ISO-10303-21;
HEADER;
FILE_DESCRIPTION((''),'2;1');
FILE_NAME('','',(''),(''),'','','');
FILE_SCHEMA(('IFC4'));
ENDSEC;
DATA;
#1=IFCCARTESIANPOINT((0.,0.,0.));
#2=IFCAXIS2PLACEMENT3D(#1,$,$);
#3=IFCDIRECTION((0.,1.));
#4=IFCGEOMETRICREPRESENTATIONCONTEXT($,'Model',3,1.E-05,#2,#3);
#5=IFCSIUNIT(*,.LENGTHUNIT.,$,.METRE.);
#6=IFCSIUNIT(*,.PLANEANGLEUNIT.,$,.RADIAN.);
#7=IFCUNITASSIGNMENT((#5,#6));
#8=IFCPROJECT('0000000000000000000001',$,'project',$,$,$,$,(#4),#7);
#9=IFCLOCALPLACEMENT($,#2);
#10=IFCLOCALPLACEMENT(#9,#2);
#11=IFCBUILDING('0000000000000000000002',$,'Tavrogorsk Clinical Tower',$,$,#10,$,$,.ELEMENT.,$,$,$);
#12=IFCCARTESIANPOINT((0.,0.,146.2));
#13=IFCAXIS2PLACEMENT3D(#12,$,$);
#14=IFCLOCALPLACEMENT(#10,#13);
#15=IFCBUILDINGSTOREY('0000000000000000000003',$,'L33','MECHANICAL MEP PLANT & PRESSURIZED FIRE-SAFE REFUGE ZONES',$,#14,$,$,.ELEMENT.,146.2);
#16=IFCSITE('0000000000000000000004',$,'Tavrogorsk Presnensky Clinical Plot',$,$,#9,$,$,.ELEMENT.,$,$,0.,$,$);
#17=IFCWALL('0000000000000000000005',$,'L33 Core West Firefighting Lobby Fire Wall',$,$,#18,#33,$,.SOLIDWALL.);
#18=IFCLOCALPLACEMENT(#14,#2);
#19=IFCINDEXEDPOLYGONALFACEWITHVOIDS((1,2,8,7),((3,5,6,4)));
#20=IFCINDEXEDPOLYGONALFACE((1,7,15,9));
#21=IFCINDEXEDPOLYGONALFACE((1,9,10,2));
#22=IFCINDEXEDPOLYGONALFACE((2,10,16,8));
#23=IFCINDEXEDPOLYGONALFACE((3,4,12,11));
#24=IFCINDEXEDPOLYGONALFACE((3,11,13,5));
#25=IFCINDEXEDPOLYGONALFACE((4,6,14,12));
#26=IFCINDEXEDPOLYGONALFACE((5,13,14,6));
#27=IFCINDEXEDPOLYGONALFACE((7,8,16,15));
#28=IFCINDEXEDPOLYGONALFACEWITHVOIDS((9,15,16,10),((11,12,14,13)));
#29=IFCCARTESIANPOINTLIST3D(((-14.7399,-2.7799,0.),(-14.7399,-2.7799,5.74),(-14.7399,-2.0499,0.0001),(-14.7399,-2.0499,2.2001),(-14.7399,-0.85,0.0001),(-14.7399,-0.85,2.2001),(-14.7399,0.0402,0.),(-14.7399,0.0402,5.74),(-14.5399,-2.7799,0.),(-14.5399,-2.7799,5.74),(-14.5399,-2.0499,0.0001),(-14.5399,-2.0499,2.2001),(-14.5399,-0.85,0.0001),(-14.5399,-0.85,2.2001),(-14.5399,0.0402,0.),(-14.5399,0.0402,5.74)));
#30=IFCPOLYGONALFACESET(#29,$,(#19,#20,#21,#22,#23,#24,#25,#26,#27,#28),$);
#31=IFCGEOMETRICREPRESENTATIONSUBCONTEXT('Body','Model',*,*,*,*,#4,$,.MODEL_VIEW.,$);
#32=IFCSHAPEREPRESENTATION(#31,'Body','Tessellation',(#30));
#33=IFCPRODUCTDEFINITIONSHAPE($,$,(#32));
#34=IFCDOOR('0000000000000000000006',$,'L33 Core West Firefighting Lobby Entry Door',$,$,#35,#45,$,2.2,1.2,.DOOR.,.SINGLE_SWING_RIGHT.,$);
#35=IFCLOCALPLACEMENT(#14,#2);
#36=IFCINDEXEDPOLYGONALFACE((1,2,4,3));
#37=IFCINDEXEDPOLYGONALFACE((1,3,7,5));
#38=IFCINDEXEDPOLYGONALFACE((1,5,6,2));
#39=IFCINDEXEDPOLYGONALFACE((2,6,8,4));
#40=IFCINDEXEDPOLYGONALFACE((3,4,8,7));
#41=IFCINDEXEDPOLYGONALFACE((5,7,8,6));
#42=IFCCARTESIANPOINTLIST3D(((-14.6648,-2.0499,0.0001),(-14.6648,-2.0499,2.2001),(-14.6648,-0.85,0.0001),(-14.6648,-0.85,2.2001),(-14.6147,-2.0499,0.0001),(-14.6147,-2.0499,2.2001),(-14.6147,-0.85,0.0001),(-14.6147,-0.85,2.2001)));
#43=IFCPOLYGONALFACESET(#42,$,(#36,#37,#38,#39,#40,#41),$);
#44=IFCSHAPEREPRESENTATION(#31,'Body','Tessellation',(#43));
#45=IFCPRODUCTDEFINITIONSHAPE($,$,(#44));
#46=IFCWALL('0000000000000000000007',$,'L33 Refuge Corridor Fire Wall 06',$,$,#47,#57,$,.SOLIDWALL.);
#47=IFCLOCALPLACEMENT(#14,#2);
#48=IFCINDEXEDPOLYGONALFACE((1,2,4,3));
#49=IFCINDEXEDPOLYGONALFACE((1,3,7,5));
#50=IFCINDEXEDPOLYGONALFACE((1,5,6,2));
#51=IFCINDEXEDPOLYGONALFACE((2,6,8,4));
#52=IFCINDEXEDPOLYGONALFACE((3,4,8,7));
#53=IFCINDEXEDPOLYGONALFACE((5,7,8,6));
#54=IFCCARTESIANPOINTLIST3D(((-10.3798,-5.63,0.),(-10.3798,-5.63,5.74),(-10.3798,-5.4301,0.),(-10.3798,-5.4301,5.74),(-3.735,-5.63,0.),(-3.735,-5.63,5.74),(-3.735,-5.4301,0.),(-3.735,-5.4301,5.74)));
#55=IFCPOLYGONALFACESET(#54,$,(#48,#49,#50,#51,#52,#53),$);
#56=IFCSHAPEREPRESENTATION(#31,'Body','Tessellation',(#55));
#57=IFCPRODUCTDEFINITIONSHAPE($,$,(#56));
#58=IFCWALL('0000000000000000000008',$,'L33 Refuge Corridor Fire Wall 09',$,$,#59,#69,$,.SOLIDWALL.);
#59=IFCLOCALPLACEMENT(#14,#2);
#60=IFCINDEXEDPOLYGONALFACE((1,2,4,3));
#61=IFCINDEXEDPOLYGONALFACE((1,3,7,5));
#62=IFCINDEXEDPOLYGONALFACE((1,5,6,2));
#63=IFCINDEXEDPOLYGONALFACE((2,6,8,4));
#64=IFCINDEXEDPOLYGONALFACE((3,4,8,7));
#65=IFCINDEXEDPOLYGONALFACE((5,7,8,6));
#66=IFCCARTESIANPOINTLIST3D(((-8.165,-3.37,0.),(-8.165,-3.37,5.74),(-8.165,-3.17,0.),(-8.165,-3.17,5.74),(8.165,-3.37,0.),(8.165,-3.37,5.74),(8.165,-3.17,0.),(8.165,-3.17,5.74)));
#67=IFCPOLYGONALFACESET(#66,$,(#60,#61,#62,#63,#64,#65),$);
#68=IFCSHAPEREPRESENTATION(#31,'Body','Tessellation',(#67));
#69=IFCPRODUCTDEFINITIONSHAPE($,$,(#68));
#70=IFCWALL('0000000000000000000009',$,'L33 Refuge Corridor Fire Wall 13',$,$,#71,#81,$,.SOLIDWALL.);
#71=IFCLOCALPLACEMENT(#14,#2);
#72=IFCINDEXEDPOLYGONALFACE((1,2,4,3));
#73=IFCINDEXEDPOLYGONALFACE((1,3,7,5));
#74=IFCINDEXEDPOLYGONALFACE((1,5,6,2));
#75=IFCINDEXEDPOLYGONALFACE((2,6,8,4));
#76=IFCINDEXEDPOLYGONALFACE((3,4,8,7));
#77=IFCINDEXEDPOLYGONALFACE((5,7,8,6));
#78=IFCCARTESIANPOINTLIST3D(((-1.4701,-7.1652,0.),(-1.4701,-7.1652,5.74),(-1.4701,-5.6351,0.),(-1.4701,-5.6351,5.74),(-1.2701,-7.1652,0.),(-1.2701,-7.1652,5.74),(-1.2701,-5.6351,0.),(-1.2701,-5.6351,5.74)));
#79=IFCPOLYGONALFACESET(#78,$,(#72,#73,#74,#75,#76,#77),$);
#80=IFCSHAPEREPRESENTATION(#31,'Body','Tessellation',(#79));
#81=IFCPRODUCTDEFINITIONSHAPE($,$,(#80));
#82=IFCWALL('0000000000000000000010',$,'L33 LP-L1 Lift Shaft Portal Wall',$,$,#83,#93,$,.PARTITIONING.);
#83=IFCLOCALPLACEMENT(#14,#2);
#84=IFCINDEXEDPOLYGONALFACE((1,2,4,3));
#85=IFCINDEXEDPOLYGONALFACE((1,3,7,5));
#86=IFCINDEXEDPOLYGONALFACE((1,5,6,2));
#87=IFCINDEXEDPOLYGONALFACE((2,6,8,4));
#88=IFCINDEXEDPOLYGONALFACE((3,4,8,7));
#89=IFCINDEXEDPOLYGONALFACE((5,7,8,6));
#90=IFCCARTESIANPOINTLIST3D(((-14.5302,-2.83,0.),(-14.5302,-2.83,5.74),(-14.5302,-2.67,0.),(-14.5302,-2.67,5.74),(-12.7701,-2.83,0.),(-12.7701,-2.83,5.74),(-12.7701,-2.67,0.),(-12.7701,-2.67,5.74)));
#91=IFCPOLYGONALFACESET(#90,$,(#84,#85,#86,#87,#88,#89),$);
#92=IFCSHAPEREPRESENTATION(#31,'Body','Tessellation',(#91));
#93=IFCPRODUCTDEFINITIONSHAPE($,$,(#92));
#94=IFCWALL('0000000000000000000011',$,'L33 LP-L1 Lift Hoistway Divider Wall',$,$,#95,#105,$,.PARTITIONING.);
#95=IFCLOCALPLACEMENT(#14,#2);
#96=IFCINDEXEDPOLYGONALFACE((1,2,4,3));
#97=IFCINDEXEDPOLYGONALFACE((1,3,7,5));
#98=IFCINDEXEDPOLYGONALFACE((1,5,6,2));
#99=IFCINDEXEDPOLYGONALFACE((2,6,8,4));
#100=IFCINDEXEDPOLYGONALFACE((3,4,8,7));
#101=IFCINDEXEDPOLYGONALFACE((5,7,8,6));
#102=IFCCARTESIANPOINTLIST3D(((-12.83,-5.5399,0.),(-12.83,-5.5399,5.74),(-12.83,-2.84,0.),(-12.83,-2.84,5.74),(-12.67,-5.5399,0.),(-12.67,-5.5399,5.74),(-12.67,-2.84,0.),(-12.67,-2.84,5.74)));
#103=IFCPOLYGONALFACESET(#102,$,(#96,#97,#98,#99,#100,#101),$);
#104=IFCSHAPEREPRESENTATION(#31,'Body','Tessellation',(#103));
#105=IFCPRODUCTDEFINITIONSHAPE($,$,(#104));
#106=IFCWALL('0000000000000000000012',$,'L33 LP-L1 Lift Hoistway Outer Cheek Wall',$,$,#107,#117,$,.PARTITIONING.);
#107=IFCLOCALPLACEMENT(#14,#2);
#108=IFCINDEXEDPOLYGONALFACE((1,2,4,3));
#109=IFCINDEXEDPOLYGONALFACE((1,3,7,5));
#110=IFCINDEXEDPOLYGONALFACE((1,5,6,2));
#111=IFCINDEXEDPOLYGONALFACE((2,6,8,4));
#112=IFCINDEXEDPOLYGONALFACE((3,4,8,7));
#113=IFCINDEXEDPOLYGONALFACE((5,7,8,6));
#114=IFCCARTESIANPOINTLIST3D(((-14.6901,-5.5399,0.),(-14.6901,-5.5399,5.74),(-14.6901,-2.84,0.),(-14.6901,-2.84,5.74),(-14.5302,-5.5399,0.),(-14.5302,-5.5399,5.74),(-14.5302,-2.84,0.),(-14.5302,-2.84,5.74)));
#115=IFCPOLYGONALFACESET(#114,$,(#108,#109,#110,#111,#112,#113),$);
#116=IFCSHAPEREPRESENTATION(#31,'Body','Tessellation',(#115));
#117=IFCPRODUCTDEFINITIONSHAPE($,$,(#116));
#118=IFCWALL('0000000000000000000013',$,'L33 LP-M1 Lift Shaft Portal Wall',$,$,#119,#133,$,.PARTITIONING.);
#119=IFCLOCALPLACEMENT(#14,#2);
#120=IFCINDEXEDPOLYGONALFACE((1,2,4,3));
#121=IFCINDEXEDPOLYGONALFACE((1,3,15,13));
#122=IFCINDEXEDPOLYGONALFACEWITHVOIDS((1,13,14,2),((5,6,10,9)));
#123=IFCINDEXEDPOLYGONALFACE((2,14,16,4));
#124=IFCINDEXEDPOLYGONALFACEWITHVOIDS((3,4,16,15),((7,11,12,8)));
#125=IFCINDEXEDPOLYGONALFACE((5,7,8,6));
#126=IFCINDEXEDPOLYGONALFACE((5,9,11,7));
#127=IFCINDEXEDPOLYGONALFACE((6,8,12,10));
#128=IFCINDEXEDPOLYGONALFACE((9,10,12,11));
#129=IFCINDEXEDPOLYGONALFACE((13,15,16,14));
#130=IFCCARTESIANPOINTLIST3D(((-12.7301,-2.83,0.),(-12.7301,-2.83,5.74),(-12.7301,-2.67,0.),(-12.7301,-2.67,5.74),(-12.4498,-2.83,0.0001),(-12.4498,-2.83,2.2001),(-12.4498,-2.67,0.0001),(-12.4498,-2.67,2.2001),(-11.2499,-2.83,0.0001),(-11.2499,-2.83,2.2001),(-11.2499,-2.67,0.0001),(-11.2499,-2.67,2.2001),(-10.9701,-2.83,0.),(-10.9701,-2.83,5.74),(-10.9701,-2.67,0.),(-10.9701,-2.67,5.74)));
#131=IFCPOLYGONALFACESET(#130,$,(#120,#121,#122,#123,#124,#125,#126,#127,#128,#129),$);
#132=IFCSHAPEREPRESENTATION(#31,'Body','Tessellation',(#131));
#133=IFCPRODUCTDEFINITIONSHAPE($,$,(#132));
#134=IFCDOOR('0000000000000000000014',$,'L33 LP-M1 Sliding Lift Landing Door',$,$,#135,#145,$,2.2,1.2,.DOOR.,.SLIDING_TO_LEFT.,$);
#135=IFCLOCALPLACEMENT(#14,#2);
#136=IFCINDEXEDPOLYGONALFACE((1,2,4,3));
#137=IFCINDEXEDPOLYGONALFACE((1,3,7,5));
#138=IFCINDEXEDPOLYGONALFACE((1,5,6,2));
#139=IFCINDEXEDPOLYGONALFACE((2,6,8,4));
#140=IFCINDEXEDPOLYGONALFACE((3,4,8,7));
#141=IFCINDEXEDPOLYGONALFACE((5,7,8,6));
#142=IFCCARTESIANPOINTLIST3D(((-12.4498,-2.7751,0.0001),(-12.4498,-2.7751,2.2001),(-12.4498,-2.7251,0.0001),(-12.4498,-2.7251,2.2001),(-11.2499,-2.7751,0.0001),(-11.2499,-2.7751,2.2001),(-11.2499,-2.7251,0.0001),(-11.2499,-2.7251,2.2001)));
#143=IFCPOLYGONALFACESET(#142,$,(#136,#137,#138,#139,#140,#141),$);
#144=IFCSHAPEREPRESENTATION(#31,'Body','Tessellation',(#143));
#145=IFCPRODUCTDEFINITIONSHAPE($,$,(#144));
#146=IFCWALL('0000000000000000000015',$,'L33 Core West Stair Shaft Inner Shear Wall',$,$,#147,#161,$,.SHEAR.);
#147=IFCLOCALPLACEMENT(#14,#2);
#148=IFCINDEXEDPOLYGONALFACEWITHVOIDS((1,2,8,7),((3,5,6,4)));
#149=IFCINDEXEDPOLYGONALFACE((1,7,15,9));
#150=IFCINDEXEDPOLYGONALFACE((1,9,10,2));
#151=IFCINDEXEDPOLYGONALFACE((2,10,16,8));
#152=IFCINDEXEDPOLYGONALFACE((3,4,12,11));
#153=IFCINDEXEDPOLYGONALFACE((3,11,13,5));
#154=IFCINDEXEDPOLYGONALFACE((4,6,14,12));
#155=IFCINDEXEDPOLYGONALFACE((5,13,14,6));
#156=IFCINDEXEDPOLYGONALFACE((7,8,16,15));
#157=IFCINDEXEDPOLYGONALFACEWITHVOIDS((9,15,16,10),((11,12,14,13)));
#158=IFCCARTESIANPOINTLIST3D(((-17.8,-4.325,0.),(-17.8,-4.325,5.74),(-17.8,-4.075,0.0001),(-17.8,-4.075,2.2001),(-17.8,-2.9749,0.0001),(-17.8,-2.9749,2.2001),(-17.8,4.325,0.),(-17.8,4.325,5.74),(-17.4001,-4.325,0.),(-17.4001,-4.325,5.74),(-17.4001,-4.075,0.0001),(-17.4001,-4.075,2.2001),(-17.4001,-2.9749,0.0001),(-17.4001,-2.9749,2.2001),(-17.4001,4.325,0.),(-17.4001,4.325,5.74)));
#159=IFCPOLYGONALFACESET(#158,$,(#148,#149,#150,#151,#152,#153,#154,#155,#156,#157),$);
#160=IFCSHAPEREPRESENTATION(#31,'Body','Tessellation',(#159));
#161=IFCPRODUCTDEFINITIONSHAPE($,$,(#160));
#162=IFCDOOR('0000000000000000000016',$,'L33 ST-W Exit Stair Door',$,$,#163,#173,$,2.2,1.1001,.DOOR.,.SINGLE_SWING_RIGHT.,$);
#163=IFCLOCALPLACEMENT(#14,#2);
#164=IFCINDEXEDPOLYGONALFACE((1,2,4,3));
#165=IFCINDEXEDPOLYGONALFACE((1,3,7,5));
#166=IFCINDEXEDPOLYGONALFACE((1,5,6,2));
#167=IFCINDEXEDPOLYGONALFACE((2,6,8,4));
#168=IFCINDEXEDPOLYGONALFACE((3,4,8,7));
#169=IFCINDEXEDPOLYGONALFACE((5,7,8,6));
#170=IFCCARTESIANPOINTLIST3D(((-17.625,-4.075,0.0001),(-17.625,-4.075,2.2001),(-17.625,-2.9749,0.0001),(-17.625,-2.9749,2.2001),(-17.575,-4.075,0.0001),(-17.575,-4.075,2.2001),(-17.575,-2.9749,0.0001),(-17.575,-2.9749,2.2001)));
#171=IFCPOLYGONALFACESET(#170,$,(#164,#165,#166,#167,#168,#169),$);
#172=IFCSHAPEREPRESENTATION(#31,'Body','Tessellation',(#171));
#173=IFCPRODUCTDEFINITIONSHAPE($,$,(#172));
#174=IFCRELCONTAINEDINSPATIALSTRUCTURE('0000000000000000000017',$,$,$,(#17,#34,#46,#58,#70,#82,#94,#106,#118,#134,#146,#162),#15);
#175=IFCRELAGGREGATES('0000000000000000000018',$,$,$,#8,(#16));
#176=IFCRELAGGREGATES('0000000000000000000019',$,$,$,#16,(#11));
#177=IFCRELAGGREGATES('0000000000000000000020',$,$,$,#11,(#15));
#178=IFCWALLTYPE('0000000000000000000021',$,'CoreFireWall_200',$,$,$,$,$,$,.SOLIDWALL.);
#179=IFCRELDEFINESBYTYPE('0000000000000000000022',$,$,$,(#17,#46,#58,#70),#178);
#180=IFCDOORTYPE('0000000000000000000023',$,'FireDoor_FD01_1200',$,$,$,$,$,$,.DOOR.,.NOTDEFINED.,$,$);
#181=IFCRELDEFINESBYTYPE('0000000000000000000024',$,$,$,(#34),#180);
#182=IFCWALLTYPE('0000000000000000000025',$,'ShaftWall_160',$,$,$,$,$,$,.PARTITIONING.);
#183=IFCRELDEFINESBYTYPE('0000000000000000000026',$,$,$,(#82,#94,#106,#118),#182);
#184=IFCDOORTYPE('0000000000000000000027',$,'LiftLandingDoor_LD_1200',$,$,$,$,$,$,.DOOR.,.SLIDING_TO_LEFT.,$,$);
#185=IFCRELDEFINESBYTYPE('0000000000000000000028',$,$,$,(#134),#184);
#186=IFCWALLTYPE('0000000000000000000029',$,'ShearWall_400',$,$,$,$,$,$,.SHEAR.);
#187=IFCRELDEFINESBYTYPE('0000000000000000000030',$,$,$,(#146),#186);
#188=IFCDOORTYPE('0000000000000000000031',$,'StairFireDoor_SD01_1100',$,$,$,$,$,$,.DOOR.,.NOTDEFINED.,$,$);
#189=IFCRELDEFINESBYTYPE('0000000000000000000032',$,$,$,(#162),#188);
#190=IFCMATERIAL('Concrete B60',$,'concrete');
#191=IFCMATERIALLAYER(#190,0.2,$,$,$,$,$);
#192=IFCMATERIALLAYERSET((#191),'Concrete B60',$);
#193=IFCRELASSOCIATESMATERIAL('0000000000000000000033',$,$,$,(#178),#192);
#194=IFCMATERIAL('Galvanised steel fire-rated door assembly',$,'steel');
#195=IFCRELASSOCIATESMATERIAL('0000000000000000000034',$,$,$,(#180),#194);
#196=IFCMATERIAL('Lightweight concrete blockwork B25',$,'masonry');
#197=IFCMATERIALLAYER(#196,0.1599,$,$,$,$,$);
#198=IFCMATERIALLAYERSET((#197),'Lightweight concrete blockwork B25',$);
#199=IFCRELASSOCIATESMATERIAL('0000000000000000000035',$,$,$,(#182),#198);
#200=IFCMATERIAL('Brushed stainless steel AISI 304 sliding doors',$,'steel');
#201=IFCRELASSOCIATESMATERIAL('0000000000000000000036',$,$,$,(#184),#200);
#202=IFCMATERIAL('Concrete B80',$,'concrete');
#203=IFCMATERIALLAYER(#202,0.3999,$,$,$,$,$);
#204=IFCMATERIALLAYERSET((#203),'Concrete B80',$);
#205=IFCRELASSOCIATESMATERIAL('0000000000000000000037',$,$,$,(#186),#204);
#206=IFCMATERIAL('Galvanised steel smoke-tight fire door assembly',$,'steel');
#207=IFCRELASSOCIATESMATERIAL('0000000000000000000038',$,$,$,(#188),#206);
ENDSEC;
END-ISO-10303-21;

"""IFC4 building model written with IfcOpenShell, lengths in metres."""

from ifc_helpers import new_model, si_unit, direction, frame, frame_2d, origin, place, context, subcontext, project, spatial, rectangle, extrude, material, layer, layer_set, type_object, element, fill, save


model = new_model("IFC4")

# Units and contexts
model_context = context("Model", 3, precision=1e-05, world=origin(), true_north=direction((0.0, 1.0)))
body_context = subcontext(model_context, "Body", "Model", "MODEL_VIEW")
ifc_project = project(units=[si_unit("LENGTHUNIT", "METRE"), si_unit("PLANEANGLEUNIT", "RADIAN")], contexts=[model_context])

# Site, building, storey
site_placement = place(None, origin())
site = spatial("IfcSite", under=ifc_project, at=site_placement, Name="Tavrogorsk Presnensky Clinical Plot", CompositionType="ELEMENT", RefElevation=0.0)
building_placement = place(site_placement, origin())
building = spatial("IfcBuilding", under=site, at=building_placement, Name="Tavrogorsk Clinical Tower", CompositionType="ELEMENT")
storey_placement = place(building_placement, frame((0.0, 0.0, 146.2)))
storey = spatial("IfcBuildingStorey", under=building, at=storey_placement, Name="L33", Description="MECHANICAL MEP PLANT & PRESSURIZED FIRE-SAFE REFUGE ZONES", CompositionType="ELEMENT", Elevation=146.2)

# Wall, opening, door
ifc_material_1 = material(Name="Concrete B60", Category="concrete")
ifc_layer_1 = layer(ifc_material_1, 0.2)
ifc_layer_set_1 = layer_set([ifc_layer_1], Name="Concrete B60")
wall_type_1 = type_object("IfcWallType", Name="CoreFireWall_200", PredefinedType="SOLIDWALL", material=ifc_layer_set_1)
wall_1_placement = place(storey_placement, frame((-14.6399, -2.78, 0.0), z_axis=(0.0, 0.0, 1.0), x_axis=(0.0, 1.0, 0.0)))
wall_1 = element("IfcWall", 1, at=wall_1_placement, inside=storey, type_object=wall_type_1, Name="L33 Core West Firefighting Lobby Fire Wall", PredefinedType="SOLIDWALL", context=body_context, shape_type="SweptSolid", body=[
    extrude(rectangle(XDim=2.8201, YDim=0.2, at=frame_2d((1.4102, 0.0))), origin(), (0.0, 0.0, 1.0), 5.74),
])
opening_1_placement = place(wall_1_placement, frame((0.73, 0.0, 0.0)))
opening_1 = element("IfcOpeningElement", 2, at=opening_1_placement, cuts=wall_1, PredefinedType="OPENING", context=body_context, shape_type="SweptSolid", body=[
    extrude(rectangle(XDim=1.2, YDim=2.2, at=frame_2d((0.6001, 1.1001))), frame((0.0, 0.1099, 0.0), z_axis=(0.0, -1.0, 0.0), x_axis=(1.0, 0.0, 0.0)), (0.0, 0.0, 1.0), 0.22),
])
ifc_material_2 = material(Name="Galvanised steel fire-rated door assembly", Category="steel")
door_type_1 = type_object("IfcDoorType", Name="FireDoor_FD01_1200", OperationType="NOTDEFINED", PredefinedType="DOOR", material=ifc_material_2)
door_1_placement = place(opening_1_placement, origin())
door_1 = element("IfcDoor", 3, at=door_1_placement, inside=storey, type_object=door_type_1, Name="L33 Core West Firefighting Lobby Entry Door", OperationType="SINGLE_SWING_RIGHT", OverallHeight=2.2, OverallWidth=1.2, PredefinedType="DOOR", context=body_context, shape_type="SweptSolid", body=[
    extrude(rectangle(XDim=1.2, YDim=2.2, at=frame_2d((0.6001, 1.1001))), frame((0.0, 0.0249, 0.0), z_axis=(0.0, -1.0, 0.0), x_axis=(1.0, 0.0, 0.0)), (0.0, 0.0, 1.0), 0.05),
])
fill(opening_1, door_1)

# Walls
wall_2_placement = place(storey_placement, frame((-3.7351, -5.53, 0.0), z_axis=(0.0, 0.0, 1.0), x_axis=(-1.0, 0.0, 0.0)))
element("IfcWall", 4, at=wall_2_placement, inside=storey, type_object=wall_type_1, Name="L33 Refuge Corridor Fire Wall 06", PredefinedType="SOLIDWALL", context=body_context, shape_type="SweptSolid", body=[
    extrude(rectangle(XDim=6.6448, YDim=0.2, at=frame_2d((3.3223, 0.0))), origin(), (0.0, 0.0, 1.0), 5.74),
])
wall_3_placement = place(storey_placement, frame((-8.165, -3.27, 0.0), z_axis=(0.0, 0.0, 1.0), x_axis=(1.0, 0.0, 0.0)))
element("IfcWall", 5, at=wall_3_placement, inside=storey, type_object=wall_type_1, Name="L33 Refuge Corridor Fire Wall 09", PredefinedType="SOLIDWALL", context=body_context, shape_type="SweptSolid", body=[
    extrude(rectangle(XDim=16.3301, YDim=0.2, at=frame_2d((8.165, 0.0))), origin(), (0.0, 0.0, 1.0), 5.74),
])
wall_4_placement = place(storey_placement, frame((-1.3701, -5.635, 0.0), z_axis=(0.0, 0.0, 1.0), x_axis=(0.0, -1.0, 0.0)))
element("IfcWall", 6, at=wall_4_placement, inside=storey, type_object=wall_type_1, Name="L33 Refuge Corridor Fire Wall 13", PredefinedType="SOLIDWALL", context=body_context, shape_type="SweptSolid", body=[
    extrude(rectangle(XDim=1.53, YDim=0.2, at=frame_2d((0.7651, 0.0))), origin(), (0.0, 0.0, 1.0), 5.74),
])
ifc_material_3 = material(Name="Lightweight concrete blockwork B25", Category="masonry")
ifc_layer_2 = layer(ifc_material_3, 0.1599)
ifc_layer_set_2 = layer_set([ifc_layer_2], Name="Lightweight concrete blockwork B25")
wall_type_2 = type_object("IfcWallType", Name="ShaftWall_160", PredefinedType="PARTITIONING", material=ifc_layer_set_2)
wall_5_placement = place(storey_placement, frame((-14.53, -2.75, 0.0), z_axis=(0.0, 0.0, 1.0), x_axis=(1.0, 0.0, 0.0)))
element("IfcWall", 7, at=wall_5_placement, inside=storey, type_object=wall_type_2, Name="L33 LP-L1 Lift Shaft Portal Wall", PredefinedType="PARTITIONING", context=body_context, shape_type="SweptSolid", body=[
    extrude(rectangle(XDim=1.76, YDim=0.1599, at=frame_2d((0.8799, 0.0))), origin(), (0.0, 0.0, 1.0), 5.74),
])
for number, where, z_axis, x_axis, name in (
    (8, (-12.75, -5.54, 0.0), (0.0, 0.0, 1.0), (0.0, 1.0, 0.0), "L33 LP-L1 Lift Hoistway Divider Wall"),
    (9, (-14.6101, -5.54, 0.0), (0.0, 0.0, 1.0), (0.0, 1.0, 0.0), "L33 LP-L1 Lift Hoistway Outer Cheek Wall"),
):
    element("IfcWall", number, at=place(storey_placement, frame(where, z_axis=z_axis, x_axis=x_axis)), inside=storey, type_object=wall_type_2, Name=name, PredefinedType="PARTITIONING", context=body_context, shape_type="SweptSolid", body=[
        extrude(rectangle(XDim=2.7, YDim=0.1599, at=frame_2d((1.3501, 0.0))), origin(), (0.0, 0.0, 1.0), 5.74),
    ])

# Walls, openings, doors
wall_6_placement = place(storey_placement, frame((-12.73, -2.75, 0.0), z_axis=(0.0, 0.0, 1.0), x_axis=(1.0, 0.0, 0.0)))
wall_6 = element("IfcWall", 10, at=wall_6_placement, inside=storey, type_object=wall_type_2, Name="L33 LP-M1 Lift Shaft Portal Wall", PredefinedType="PARTITIONING", context=body_context, shape_type="SweptSolid", body=[
    extrude(rectangle(XDim=1.76, YDim=0.1599, at=frame_2d((0.8799, 0.0))), origin(), (0.0, 0.0, 1.0), 5.74),
])
opening_2_placement = place(wall_6_placement, frame((0.28, 0.0, 0.0)))
opening_2 = element("IfcOpeningElement", 11, at=opening_2_placement, cuts=wall_6, PredefinedType="OPENING", context=body_context, shape_type="SweptSolid", body=[
    extrude(rectangle(XDim=1.2, YDim=2.2, at=frame_2d((0.6001, 1.1001))), frame((0.0, 0.0898, 0.0), z_axis=(0.0, -1.0, 0.0), x_axis=(1.0, 0.0, 0.0)), (0.0, 0.0, 1.0), 0.1799),
])
ifc_material_4 = material(Name="Brushed stainless steel AISI 304 sliding doors", Category="steel")
door_type_2 = type_object("IfcDoorType", Name="LiftLandingDoor_LD_1200", OperationType="SLIDING_TO_LEFT", PredefinedType="DOOR", material=ifc_material_4)
door_2_placement = place(opening_2_placement, origin())
door_2 = element("IfcDoor", 12, at=door_2_placement, inside=storey, type_object=door_type_2, Name="L33 LP-M1 Sliding Lift Landing Door", OperationType="SLIDING_TO_LEFT", OverallHeight=2.2, OverallWidth=1.2, PredefinedType="DOOR", context=body_context, shape_type="SweptSolid", body=[
    extrude(rectangle(XDim=1.2, YDim=2.2, at=frame_2d((0.6001, 1.1001))), frame((0.0, 0.0249, 0.0), z_axis=(0.0, -1.0, 0.0), x_axis=(1.0, 0.0, 0.0)), (0.0, 0.0, 1.0), 0.05),
])
fill(opening_2, door_2)
ifc_material_5 = material(Name="Concrete B80", Category="concrete")
ifc_layer_3 = layer(ifc_material_5, 0.3999)
ifc_layer_set_3 = layer_set([ifc_layer_3], Name="Concrete B80")
wall_type_3 = type_object("IfcWallType", Name="ShearWall_400", PredefinedType="SHEAR", material=ifc_layer_set_3)
wall_7_placement = place(storey_placement, frame((-17.6001, -4.325, 0.0), z_axis=(0.0, 0.0, 1.0), x_axis=(0.0, 1.0, 0.0)))
wall_7 = element("IfcWall", 13, at=wall_7_placement, inside=storey, type_object=wall_type_3, Name="L33 Core West Stair Shaft Inner Shear Wall", PredefinedType="SHEAR", context=body_context, shape_type="SweptSolid", body=[
    extrude(rectangle(XDim=8.6499, YDim=0.3999, at=frame_2d((4.325, 0.0))), origin(), (0.0, 0.0, 1.0), 5.74),
])
opening_3_placement = place(wall_7_placement, frame((0.25, 0.0, 0.0)))
opening_3 = element("IfcOpeningElement", 14, at=opening_3_placement, cuts=wall_7, PredefinedType="OPENING", context=body_context, shape_type="SweptSolid", body=[
    extrude(rectangle(XDim=1.1001, YDim=2.2, at=frame_2d((0.55, 1.1001))), frame((0.0, 0.21, 0.0), z_axis=(0.0, -1.0, 0.0), x_axis=(1.0, 0.0, 0.0)), (0.0, 0.0, 1.0), 0.4199),
])
ifc_material_6 = material(Name="Galvanised steel smoke-tight fire door assembly", Category="steel")
door_type_3 = type_object("IfcDoorType", Name="StairFireDoor_SD01_1100", OperationType="NOTDEFINED", PredefinedType="DOOR", material=ifc_material_6)
door_3_placement = place(opening_3_placement, origin())
door_3 = element("IfcDoor", 15, at=door_3_placement, inside=storey, type_object=door_type_3, Name="L33 ST-W Exit Stair Door", OperationType="SINGLE_SWING_RIGHT", OverallHeight=2.2, OverallWidth=1.1001, PredefinedType="DOOR", context=body_context, shape_type="SweptSolid", body=[
    extrude(rectangle(XDim=1.1001, YDim=2.2, at=frame_2d((0.55, 1.1001))), frame((0.0, 0.0249, 0.0), z_axis=(0.0, -1.0, 0.0), x_axis=(1.0, 0.0, 0.0)), (0.0, 0.0, 1.0), 0.05),
])
fill(opening_3, door_3)

save(model, "model.ifc")
